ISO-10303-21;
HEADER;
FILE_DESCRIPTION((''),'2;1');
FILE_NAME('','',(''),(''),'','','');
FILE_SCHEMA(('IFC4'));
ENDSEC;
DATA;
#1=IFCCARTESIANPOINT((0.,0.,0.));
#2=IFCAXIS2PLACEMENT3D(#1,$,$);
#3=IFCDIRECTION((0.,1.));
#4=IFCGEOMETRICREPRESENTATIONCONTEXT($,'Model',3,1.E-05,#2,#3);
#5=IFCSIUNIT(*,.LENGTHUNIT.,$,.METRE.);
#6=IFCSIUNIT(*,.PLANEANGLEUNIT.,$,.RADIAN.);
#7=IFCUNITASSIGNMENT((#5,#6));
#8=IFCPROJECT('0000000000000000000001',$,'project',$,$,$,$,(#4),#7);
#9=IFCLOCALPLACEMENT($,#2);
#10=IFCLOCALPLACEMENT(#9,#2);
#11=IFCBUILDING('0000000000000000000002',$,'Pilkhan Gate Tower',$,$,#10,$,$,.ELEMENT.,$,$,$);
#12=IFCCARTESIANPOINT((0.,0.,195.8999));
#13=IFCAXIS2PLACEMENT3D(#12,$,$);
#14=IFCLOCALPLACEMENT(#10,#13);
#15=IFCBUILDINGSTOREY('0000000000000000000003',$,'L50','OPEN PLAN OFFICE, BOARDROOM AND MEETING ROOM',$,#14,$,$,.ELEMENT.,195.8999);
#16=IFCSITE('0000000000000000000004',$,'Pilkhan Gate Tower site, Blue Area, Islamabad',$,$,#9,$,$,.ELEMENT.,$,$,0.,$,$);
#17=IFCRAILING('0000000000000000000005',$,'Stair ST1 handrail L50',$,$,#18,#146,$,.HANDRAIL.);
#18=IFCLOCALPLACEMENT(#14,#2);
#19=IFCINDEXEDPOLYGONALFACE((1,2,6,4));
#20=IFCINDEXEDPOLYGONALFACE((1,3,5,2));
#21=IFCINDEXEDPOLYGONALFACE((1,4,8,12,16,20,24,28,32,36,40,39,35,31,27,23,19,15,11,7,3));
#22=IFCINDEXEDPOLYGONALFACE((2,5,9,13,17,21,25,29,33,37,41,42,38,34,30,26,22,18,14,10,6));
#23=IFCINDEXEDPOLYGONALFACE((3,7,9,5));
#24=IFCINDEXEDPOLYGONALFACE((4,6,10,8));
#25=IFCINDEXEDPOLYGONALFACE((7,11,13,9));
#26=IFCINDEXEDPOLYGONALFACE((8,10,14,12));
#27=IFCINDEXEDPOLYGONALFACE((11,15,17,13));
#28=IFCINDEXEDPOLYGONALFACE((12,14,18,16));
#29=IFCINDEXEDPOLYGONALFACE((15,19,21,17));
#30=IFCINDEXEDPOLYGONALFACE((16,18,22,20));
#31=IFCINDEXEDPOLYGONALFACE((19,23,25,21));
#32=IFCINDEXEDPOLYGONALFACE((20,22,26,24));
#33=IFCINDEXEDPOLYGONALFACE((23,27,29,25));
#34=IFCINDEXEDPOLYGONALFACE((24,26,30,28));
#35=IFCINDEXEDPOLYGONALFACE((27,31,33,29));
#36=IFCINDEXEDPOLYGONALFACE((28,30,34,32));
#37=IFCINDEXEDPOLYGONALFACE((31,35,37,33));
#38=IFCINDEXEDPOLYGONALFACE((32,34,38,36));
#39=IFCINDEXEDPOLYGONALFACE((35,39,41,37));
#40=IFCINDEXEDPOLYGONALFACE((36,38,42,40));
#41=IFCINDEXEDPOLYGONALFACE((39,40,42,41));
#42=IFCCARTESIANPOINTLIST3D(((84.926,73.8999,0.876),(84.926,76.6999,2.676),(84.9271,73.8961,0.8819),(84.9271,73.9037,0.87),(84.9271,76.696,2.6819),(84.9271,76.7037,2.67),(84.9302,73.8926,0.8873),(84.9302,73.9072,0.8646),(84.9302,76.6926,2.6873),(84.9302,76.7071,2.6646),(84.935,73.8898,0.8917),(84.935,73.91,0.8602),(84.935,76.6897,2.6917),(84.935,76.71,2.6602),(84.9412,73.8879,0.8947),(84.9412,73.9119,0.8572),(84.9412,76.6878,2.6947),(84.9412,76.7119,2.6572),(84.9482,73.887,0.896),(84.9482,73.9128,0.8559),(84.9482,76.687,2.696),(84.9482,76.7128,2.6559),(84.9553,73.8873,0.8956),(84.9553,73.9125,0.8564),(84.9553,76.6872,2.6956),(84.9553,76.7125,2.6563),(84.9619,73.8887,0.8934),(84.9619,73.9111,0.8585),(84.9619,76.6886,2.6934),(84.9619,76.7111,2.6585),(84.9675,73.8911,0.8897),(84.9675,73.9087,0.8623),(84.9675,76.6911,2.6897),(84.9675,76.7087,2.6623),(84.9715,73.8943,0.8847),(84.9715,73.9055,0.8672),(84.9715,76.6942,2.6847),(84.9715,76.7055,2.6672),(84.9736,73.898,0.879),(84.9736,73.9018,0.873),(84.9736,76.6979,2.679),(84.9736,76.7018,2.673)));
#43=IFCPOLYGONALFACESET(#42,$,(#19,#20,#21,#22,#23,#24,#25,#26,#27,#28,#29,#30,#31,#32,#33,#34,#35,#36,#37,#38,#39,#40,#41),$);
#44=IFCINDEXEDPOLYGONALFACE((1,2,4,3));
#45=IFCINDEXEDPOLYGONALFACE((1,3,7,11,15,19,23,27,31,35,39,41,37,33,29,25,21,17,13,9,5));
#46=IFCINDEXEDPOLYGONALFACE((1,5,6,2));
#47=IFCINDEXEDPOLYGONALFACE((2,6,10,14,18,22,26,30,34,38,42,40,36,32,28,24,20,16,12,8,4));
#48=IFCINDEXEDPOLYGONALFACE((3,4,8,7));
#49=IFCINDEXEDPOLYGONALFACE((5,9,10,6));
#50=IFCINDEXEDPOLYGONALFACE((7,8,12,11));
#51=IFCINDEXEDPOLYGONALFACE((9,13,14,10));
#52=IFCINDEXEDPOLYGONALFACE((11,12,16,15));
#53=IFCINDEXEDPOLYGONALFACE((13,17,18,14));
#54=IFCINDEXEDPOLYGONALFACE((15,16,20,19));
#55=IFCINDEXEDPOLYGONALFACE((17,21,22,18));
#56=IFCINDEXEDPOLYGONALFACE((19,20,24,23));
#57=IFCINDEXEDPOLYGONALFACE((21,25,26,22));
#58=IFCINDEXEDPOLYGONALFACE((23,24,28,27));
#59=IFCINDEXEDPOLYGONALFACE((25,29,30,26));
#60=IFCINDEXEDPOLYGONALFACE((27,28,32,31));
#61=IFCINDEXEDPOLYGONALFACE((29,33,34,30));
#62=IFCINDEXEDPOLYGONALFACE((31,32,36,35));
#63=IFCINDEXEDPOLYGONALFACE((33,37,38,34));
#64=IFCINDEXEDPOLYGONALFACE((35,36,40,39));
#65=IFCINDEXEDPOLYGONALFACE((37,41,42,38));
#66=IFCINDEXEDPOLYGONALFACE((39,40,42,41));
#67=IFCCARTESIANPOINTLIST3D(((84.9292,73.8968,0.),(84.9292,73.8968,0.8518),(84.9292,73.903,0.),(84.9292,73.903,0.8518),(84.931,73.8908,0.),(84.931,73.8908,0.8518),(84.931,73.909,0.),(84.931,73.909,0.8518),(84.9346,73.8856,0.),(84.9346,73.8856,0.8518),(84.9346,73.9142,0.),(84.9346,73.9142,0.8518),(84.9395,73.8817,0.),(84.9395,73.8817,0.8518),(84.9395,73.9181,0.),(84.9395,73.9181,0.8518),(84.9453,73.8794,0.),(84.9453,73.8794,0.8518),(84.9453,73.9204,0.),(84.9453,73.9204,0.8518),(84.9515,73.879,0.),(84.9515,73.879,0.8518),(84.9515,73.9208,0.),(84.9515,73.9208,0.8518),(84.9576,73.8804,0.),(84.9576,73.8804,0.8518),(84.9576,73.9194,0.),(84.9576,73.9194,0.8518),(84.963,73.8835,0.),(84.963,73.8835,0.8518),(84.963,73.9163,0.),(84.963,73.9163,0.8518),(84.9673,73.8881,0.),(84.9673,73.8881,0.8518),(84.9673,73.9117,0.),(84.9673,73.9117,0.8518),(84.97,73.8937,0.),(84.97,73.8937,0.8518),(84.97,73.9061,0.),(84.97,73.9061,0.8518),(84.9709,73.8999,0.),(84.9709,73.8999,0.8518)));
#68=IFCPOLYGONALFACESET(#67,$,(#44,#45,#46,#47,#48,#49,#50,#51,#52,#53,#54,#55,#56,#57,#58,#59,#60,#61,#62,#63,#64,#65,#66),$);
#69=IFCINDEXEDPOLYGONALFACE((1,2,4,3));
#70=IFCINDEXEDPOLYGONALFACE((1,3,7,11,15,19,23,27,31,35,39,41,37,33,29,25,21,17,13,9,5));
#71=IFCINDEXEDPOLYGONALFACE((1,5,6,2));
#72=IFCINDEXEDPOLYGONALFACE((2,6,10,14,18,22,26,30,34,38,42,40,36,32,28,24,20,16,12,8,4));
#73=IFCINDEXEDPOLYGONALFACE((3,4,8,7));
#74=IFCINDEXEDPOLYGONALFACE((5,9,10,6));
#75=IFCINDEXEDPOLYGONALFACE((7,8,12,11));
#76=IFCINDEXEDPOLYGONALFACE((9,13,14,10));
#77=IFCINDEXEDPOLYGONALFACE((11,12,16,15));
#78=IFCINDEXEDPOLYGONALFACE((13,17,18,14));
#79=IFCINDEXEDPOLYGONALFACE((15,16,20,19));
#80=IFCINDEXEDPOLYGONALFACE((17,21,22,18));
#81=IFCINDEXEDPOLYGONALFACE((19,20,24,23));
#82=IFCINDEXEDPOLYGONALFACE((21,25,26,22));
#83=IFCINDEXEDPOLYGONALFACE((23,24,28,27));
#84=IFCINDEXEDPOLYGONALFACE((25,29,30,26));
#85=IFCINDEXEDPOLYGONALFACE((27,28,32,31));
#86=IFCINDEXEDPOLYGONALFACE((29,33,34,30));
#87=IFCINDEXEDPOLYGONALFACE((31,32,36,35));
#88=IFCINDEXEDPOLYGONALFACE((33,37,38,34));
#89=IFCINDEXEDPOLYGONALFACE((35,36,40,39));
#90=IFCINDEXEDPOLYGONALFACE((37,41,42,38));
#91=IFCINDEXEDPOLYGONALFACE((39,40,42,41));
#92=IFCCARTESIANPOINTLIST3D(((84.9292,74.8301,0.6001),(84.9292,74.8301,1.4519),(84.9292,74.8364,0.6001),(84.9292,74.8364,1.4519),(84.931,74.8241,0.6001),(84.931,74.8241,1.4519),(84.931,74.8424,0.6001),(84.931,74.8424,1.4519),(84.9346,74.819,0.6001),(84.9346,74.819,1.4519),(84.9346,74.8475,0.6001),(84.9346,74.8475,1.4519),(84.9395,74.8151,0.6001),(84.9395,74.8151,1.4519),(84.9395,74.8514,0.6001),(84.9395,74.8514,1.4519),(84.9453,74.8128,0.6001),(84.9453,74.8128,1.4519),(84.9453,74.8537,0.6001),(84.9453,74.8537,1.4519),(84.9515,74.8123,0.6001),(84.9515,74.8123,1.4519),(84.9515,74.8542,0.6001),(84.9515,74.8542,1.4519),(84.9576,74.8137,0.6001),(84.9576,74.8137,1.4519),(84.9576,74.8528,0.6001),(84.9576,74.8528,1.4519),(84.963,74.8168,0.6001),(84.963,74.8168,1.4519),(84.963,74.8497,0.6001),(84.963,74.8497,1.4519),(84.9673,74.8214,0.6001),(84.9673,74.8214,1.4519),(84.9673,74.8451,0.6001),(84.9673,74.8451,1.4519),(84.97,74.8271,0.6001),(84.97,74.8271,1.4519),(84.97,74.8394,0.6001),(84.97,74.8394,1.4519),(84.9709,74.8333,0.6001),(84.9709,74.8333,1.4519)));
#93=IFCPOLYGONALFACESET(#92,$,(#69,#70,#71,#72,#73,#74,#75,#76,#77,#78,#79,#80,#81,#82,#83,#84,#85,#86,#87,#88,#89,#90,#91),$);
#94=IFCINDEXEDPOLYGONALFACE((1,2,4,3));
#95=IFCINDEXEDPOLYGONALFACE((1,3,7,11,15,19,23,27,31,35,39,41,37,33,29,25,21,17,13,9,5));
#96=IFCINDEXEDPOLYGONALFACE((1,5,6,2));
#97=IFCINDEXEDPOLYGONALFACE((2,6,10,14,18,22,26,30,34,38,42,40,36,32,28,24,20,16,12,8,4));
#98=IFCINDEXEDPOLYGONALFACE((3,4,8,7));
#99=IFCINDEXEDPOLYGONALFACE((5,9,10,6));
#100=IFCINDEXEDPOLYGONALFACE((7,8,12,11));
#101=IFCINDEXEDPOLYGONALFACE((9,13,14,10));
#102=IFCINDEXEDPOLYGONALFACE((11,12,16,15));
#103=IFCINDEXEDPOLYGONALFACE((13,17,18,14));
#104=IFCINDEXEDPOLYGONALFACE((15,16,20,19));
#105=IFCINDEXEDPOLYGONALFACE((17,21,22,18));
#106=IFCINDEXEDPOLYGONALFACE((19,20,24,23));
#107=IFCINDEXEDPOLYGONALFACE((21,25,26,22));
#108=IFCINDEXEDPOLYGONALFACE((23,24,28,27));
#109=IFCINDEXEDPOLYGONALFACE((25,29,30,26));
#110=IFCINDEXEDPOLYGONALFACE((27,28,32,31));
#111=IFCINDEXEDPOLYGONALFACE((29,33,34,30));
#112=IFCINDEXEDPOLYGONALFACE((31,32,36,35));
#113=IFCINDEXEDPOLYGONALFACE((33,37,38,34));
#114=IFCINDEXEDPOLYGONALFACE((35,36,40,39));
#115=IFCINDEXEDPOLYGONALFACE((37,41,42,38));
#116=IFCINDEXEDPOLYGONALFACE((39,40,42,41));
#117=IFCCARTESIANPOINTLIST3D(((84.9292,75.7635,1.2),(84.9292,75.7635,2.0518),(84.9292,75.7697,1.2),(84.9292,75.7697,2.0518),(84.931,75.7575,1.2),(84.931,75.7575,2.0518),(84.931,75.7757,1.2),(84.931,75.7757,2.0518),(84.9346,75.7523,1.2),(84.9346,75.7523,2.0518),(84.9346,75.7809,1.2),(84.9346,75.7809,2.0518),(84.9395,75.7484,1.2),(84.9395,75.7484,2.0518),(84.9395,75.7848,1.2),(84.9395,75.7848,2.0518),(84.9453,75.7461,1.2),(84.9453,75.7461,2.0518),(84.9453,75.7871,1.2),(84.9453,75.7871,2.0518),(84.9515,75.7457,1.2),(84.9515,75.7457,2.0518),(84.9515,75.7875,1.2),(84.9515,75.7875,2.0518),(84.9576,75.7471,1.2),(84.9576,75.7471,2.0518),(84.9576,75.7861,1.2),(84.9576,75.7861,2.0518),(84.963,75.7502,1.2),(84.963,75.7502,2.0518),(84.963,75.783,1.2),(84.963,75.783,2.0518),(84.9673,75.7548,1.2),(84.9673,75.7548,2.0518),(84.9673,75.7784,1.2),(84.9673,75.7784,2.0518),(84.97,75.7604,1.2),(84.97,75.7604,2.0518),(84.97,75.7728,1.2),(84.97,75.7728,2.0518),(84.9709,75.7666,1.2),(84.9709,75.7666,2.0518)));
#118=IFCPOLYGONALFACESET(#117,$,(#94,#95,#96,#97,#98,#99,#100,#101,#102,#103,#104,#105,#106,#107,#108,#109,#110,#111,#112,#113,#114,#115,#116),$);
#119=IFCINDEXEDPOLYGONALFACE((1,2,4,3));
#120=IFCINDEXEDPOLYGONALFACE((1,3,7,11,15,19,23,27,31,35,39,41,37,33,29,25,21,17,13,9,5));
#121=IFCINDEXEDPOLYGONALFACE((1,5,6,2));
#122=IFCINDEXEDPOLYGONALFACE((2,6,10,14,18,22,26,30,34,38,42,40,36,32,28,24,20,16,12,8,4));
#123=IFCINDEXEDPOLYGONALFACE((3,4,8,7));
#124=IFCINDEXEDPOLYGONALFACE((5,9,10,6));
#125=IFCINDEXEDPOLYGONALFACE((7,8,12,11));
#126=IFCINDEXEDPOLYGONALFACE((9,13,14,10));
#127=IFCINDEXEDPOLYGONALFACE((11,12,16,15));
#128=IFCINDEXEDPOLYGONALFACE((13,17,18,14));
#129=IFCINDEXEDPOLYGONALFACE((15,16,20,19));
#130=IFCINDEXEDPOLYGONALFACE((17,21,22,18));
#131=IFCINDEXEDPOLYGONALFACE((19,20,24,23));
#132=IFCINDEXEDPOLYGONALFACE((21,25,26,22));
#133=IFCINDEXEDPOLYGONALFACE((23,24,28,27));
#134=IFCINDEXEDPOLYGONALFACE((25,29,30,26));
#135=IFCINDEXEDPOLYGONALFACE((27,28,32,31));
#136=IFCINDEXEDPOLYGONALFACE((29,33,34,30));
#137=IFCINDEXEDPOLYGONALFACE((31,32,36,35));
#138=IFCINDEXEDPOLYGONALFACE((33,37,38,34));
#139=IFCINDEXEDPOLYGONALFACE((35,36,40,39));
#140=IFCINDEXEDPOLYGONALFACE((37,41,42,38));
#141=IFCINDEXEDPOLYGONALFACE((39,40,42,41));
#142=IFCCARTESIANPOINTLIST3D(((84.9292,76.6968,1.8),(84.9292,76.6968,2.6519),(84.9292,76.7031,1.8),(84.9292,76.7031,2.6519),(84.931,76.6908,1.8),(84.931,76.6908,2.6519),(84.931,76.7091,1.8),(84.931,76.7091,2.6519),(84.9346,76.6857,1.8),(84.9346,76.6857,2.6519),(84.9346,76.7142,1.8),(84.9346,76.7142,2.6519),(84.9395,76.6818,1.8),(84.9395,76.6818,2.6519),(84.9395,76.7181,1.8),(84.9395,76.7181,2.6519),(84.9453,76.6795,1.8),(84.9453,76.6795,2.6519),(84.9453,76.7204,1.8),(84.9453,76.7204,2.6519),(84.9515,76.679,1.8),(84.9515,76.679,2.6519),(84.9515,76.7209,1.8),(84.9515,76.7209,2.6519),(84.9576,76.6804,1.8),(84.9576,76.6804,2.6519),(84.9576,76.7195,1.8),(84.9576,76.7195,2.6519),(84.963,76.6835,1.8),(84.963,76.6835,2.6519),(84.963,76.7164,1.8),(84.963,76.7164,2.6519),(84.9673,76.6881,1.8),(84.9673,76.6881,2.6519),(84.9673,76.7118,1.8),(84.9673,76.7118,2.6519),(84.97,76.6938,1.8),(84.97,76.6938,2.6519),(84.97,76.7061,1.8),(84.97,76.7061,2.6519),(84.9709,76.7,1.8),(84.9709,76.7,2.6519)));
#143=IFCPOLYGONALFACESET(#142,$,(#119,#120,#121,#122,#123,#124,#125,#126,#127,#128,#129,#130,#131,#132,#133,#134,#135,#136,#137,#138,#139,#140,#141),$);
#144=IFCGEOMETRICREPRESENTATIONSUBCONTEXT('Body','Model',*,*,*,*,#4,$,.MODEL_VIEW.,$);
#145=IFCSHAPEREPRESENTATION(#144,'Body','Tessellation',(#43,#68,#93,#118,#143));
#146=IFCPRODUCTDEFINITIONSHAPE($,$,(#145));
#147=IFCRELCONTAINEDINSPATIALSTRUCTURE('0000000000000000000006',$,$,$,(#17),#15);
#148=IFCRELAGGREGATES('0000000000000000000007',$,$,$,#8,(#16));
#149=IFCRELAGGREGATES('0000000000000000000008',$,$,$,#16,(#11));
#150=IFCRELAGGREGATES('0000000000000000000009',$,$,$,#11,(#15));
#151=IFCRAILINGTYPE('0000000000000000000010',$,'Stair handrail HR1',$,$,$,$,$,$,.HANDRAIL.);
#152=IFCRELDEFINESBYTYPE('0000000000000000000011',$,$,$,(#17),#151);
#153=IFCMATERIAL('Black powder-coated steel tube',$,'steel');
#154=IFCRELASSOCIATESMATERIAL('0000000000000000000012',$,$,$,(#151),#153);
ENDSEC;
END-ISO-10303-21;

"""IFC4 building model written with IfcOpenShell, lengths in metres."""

from ifc_helpers import new_model, si_unit, direction, frame, origin, origin_2d, place, context, subcontext, project, spatial, circle, extrude, material, type_object, element, save


model = new_model("IFC4")

# Units and contexts
model_context = context("Model", 3, precision=1e-05, world=origin(), true_north=direction((0.0, 1.0)))
body_context = subcontext(model_context, "Body", "Model", "MODEL_VIEW")
ifc_project = project(units=[si_unit("LENGTHUNIT", "METRE"), si_unit("PLANEANGLEUNIT", "RADIAN")], contexts=[model_context])

# Site, building, storey
site_placement = place(None, origin())
site = spatial("IfcSite", under=ifc_project, at=site_placement, Name="Pilkhan Gate Tower site, Blue Area, Islamabad", CompositionType="ELEMENT", RefElevation=0.0)
building_placement = place(site_placement, origin())
building = spatial("IfcBuilding", under=site, at=building_placement, Name="Pilkhan Gate Tower", CompositionType="ELEMENT")
storey_placement = place(building_placement, frame((0.0, 0.0, 195.8999)))
storey = spatial("IfcBuildingStorey", under=building, at=storey_placement, Name="L50", Description="OPEN PLAN OFFICE, BOARDROOM AND MEETING ROOM", CompositionType="ELEMENT", Elevation=195.8999)

# Railing
ifc_material_1 = material(Name="Black powder-coated steel tube", Category="steel")
railing_type = type_object("IfcRailingType", Name="Stair handrail HR1", PredefinedType="HANDRAIL", material=ifc_material_1)
for number, where, name in (
    (1, (84.95, 73.8999, 0.0), "Stair ST1 handrail L50"),
):
    element("IfcRailing", number, at=place(storey_placement, frame(where)), inside=storey, type_object=railing_type, Name=name, PredefinedType="HANDRAIL", context=body_context, shape_type="SweptSolid", body=[
        extrude(circle(Radius=0.0239, at=origin_2d()), frame((0.0, 0.0, 0.876), z_axis=(0.0, 0.841176, 0.540761), x_axis=(-1.0, 0.0, 0.0)), (0.0, 0.0, 1.0), 3.3286),
        extrude(circle(Radius=0.021, at=origin_2d()), origin(), (0.0, 0.0, 1.0), 0.8518),
        extrude(circle(Radius=0.021, at=origin_2d()), frame((0.0, 0.9333, 0.6001)), (0.0, 0.0, 1.0), 0.8518),
        extrude(circle(Radius=0.021, at=origin_2d()), frame((0.0, 1.8667, 1.2)), (0.0, 0.0, 1.0), 0.8518),
        extrude(circle(Radius=0.021, at=origin_2d()), frame((0.0, 2.8, 1.8)), (0.0, 0.0, 1.0), 0.8518),
    ])

save(model, "model.ifc")
